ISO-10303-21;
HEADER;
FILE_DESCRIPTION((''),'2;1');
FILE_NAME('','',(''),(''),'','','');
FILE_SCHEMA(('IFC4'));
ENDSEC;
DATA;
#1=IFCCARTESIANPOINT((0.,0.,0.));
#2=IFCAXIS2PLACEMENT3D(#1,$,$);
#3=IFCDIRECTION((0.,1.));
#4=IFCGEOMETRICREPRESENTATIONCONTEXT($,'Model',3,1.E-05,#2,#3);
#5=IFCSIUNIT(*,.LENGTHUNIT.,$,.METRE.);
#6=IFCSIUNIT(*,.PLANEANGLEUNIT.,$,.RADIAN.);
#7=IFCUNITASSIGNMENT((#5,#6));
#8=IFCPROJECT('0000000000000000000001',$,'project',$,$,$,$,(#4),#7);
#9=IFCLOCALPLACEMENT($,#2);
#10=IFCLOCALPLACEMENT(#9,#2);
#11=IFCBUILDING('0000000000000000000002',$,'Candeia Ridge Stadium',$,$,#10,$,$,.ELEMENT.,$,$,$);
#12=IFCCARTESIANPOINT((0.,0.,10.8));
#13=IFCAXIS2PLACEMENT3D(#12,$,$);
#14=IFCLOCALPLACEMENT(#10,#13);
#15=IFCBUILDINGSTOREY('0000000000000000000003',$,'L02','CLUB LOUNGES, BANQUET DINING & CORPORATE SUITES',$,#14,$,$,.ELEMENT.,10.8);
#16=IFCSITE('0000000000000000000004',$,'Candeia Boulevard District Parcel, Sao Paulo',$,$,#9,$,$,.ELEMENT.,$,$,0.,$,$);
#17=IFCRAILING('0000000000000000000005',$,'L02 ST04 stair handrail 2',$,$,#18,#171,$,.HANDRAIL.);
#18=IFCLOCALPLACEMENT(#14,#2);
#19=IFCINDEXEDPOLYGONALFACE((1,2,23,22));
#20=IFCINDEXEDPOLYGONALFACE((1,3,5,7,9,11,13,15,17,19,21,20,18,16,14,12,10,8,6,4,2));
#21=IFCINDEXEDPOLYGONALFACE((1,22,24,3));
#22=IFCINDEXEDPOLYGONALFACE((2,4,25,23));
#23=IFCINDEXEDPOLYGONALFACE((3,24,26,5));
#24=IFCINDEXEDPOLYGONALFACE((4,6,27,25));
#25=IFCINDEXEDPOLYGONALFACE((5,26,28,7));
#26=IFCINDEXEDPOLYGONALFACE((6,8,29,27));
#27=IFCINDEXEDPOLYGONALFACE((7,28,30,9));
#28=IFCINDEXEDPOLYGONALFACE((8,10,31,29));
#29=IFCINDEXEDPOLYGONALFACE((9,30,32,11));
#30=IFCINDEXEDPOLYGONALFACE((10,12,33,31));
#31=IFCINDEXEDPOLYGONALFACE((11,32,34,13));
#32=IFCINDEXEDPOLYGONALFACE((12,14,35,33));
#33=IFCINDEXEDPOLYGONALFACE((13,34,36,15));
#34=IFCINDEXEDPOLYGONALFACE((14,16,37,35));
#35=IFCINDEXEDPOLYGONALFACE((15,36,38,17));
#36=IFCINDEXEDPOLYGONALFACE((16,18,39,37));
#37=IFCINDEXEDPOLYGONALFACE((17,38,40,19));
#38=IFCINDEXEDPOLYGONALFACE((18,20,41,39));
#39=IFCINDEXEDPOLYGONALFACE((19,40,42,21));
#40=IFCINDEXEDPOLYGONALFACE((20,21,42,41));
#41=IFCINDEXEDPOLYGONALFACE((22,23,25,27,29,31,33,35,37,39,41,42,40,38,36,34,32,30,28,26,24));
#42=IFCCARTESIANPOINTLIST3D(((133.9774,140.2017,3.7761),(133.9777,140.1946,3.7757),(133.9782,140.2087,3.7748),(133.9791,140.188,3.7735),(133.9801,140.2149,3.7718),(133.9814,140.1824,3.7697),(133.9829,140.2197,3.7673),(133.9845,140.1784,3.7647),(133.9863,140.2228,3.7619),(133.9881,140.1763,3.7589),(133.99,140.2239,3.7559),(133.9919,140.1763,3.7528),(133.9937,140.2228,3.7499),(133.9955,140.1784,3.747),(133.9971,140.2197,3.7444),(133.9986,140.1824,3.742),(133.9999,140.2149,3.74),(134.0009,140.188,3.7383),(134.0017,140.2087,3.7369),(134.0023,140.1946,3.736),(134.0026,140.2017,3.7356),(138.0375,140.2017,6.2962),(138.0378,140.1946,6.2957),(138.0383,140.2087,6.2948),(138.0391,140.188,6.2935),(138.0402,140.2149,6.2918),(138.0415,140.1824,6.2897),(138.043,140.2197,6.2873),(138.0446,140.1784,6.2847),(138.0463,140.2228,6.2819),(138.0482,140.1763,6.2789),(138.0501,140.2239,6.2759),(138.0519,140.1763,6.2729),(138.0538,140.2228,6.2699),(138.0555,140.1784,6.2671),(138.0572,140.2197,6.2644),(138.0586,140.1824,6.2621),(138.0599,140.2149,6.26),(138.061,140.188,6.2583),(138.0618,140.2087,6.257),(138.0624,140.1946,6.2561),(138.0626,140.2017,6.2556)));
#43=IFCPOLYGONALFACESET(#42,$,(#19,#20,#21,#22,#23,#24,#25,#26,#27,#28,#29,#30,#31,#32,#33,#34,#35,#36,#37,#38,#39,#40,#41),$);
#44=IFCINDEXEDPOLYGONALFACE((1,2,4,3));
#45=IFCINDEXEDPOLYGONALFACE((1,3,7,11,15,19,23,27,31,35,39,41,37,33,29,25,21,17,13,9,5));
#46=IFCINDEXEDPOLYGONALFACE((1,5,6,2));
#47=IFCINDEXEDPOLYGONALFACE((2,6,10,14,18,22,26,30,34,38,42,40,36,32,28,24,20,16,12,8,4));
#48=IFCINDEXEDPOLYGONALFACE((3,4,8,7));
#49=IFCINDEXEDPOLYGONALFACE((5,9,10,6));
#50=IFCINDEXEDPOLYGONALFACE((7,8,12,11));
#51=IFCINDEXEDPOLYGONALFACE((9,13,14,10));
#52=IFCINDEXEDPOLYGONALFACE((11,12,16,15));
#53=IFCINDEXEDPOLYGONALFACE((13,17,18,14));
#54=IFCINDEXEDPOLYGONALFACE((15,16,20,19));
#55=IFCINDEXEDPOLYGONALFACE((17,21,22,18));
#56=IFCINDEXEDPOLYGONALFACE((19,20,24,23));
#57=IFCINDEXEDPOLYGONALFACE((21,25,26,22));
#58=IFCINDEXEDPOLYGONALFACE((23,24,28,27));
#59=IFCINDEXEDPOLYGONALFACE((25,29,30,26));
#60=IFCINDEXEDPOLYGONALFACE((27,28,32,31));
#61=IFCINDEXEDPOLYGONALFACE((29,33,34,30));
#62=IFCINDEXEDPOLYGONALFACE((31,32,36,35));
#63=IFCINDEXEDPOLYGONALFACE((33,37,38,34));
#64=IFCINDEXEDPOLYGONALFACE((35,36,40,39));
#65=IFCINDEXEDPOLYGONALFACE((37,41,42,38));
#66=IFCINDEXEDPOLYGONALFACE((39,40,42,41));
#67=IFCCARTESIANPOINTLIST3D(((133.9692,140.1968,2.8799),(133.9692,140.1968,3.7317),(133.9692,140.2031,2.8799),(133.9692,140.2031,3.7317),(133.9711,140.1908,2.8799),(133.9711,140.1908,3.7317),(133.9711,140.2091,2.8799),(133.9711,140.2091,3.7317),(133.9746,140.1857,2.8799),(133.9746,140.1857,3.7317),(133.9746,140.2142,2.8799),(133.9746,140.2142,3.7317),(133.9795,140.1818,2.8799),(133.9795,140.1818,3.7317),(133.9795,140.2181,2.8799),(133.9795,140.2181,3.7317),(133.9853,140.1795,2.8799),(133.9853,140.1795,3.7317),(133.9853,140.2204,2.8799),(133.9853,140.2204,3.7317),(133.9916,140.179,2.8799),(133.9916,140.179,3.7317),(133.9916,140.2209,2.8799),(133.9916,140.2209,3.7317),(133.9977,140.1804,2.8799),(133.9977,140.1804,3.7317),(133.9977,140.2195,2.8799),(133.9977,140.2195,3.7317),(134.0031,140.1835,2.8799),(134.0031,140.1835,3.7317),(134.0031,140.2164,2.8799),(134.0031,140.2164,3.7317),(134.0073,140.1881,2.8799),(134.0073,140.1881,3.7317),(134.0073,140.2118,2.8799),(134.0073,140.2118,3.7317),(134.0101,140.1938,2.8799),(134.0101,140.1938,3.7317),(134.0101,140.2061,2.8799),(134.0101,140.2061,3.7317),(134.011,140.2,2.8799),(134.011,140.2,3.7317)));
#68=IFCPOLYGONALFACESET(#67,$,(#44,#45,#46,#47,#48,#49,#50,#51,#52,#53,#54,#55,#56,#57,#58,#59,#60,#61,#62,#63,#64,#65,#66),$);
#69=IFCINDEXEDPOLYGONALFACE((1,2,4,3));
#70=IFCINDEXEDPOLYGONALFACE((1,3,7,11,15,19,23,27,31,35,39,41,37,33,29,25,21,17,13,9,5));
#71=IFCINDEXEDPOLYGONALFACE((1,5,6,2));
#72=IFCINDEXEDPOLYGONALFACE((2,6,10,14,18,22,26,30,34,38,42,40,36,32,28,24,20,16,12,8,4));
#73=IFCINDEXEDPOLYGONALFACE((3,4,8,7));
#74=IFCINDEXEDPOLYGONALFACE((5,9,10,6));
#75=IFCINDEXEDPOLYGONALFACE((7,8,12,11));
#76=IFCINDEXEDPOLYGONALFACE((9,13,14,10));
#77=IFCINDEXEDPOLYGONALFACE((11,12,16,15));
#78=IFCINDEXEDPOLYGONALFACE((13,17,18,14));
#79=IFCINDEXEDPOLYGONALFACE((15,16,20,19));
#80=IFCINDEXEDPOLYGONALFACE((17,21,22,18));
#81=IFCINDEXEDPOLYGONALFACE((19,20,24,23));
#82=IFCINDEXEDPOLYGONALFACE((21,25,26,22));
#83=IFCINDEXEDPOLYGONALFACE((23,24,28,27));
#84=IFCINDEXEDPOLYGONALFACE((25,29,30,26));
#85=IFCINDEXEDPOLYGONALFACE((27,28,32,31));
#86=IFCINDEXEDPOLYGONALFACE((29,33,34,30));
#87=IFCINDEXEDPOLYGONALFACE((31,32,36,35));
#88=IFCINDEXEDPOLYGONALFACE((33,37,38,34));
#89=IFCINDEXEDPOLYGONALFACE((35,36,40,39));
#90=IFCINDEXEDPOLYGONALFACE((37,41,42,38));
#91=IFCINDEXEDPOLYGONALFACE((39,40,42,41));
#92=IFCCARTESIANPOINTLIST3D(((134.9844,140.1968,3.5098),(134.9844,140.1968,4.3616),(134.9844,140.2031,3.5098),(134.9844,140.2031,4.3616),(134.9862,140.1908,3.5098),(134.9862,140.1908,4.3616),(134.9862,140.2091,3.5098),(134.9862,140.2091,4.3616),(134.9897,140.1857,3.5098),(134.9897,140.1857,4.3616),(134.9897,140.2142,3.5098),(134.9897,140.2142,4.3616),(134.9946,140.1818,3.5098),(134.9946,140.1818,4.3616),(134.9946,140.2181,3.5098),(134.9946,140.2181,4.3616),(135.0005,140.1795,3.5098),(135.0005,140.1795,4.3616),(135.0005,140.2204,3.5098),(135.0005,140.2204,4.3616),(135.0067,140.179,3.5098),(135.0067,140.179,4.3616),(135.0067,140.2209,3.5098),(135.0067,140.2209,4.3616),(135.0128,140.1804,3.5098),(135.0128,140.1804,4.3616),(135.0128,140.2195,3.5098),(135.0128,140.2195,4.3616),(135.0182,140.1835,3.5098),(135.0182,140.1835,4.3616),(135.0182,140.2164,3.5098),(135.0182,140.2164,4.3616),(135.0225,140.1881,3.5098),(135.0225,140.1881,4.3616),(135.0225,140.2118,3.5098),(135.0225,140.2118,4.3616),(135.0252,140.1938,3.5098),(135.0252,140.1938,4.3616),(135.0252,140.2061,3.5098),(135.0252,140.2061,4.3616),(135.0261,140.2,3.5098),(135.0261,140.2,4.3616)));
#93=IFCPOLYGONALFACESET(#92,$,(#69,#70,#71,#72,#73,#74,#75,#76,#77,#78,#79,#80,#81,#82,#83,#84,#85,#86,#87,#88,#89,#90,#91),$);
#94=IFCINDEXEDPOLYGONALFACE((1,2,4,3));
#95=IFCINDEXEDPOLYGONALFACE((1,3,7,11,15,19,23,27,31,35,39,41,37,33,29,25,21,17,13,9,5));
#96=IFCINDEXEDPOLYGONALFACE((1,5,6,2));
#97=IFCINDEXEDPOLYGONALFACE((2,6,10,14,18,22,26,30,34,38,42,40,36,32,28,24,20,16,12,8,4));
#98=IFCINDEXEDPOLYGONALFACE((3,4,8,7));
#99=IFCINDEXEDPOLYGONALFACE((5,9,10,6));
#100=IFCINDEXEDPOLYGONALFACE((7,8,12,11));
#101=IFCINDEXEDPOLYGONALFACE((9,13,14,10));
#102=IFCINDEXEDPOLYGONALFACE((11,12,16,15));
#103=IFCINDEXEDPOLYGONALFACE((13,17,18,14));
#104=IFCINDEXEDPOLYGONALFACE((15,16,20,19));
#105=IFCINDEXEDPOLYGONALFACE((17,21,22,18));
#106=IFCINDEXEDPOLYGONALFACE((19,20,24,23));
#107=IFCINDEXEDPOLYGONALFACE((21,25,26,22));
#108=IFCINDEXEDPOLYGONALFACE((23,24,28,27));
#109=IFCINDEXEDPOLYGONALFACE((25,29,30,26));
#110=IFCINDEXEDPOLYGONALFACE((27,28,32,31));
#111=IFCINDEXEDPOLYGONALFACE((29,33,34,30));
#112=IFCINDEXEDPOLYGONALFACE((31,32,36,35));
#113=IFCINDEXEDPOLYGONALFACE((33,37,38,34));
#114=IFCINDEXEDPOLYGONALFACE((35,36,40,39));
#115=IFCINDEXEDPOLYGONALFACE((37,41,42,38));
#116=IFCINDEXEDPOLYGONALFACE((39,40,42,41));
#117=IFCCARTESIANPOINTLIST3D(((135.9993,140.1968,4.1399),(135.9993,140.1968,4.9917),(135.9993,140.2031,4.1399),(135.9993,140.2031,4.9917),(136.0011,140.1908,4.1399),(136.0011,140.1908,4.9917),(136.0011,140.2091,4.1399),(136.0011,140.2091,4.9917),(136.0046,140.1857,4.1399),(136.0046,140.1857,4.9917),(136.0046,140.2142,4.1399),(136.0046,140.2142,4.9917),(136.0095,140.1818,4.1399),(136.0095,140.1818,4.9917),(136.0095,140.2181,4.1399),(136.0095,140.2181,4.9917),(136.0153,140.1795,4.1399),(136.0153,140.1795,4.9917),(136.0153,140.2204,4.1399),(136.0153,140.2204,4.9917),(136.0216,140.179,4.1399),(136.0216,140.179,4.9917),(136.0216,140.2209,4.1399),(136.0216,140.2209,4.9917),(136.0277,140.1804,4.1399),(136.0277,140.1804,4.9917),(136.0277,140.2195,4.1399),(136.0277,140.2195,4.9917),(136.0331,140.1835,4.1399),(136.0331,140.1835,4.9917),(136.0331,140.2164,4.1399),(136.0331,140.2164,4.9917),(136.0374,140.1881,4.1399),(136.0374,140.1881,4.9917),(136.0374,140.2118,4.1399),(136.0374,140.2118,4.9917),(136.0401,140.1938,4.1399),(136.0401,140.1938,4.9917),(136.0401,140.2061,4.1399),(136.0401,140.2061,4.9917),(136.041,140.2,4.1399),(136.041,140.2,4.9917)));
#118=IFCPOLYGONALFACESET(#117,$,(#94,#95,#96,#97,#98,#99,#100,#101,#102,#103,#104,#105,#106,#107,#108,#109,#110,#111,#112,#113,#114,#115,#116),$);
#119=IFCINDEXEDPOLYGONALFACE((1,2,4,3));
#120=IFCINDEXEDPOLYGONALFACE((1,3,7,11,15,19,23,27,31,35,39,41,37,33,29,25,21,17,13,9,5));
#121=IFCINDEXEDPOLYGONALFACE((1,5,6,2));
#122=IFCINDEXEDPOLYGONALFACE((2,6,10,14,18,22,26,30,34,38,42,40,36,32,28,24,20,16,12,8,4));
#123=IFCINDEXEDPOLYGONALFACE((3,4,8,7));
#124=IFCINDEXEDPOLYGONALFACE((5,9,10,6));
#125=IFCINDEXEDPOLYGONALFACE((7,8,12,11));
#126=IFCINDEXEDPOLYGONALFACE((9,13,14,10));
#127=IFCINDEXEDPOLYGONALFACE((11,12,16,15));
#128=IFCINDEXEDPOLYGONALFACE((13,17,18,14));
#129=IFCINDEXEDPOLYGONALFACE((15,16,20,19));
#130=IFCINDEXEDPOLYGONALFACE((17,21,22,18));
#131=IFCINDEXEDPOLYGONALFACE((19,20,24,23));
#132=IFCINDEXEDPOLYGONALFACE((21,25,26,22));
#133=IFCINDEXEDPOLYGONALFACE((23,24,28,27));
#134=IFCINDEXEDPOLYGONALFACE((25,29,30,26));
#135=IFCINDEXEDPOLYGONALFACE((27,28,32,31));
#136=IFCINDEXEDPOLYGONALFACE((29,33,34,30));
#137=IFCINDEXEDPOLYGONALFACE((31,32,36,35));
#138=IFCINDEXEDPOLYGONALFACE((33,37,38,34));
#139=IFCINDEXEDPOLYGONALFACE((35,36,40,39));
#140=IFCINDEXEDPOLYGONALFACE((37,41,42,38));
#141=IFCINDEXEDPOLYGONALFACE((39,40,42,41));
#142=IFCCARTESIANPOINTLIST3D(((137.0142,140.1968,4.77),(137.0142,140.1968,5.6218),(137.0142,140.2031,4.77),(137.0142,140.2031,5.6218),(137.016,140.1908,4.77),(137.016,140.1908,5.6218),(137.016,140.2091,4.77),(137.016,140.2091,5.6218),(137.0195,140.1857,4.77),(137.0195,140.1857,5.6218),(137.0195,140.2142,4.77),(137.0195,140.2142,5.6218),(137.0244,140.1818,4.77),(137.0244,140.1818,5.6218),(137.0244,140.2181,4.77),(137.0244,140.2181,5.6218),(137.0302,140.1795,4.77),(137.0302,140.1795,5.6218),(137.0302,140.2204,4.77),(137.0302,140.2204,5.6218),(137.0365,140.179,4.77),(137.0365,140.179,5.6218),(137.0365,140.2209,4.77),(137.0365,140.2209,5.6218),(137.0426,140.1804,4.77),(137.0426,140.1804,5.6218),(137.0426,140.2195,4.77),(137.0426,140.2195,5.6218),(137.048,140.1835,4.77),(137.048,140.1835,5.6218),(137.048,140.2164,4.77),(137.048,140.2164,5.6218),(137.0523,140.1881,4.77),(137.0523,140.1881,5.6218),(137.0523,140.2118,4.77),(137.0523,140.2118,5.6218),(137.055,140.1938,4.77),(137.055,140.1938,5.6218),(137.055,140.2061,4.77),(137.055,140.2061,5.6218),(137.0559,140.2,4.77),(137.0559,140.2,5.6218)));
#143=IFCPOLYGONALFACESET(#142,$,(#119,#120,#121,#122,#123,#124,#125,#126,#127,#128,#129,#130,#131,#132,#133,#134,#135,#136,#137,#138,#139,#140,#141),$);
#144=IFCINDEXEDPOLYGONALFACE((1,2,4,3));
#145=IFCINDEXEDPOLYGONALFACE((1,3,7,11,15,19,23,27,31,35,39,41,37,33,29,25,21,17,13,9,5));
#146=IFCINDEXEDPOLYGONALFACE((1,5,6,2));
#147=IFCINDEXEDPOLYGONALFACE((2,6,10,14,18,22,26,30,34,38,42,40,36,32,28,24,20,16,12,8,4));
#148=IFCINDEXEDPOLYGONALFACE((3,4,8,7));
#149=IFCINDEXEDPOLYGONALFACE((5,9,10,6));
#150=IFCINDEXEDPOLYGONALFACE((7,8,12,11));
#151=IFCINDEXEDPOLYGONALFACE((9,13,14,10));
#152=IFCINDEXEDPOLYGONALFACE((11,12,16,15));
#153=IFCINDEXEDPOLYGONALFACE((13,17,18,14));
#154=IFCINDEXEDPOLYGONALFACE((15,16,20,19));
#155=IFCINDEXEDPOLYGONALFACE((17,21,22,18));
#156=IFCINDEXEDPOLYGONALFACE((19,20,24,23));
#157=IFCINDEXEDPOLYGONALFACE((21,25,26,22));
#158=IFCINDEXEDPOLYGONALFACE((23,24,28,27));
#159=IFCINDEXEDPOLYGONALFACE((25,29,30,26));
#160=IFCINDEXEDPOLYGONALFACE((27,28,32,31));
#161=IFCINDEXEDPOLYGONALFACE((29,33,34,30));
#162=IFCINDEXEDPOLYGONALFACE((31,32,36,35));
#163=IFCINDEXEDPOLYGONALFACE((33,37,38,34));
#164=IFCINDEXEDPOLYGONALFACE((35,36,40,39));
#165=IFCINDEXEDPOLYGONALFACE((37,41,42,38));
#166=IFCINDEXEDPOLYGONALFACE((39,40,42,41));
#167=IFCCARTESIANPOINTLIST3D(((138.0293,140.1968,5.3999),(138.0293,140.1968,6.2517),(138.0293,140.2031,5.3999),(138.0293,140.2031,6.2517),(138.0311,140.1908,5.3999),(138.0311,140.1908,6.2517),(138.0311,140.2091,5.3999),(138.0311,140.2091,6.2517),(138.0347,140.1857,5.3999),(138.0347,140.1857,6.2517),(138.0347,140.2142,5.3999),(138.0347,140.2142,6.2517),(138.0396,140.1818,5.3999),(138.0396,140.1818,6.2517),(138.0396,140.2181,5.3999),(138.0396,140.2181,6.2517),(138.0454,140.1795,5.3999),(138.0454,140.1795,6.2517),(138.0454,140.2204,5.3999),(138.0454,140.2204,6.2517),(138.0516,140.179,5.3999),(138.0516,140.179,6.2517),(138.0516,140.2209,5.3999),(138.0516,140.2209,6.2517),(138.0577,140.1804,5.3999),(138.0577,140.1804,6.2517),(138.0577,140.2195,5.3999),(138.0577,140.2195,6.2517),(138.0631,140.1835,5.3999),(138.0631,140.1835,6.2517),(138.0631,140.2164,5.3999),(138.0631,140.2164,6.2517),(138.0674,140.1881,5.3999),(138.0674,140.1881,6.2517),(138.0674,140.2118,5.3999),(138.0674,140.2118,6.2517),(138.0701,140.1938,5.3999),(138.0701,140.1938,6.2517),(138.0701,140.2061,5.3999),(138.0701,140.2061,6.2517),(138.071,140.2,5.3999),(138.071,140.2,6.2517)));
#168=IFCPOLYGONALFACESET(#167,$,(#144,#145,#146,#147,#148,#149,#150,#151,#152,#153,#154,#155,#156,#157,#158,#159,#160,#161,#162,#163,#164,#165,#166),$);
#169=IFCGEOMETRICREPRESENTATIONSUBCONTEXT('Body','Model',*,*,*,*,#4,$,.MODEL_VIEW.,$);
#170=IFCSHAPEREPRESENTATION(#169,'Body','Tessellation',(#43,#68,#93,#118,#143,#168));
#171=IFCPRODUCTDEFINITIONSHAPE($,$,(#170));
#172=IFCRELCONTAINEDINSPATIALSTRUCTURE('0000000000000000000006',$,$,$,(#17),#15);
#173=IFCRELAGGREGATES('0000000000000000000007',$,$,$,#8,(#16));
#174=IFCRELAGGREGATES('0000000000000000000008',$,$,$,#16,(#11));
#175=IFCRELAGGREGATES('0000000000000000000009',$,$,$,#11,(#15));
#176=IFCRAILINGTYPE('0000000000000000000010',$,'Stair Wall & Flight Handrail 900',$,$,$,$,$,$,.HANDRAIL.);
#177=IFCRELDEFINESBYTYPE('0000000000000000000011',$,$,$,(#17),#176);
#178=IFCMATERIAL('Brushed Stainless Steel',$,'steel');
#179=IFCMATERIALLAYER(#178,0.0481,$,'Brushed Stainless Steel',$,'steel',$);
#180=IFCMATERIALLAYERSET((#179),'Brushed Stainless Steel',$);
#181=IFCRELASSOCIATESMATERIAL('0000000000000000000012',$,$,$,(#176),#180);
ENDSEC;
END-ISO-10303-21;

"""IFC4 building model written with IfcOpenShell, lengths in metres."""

from ifc_helpers import new_model, si_unit, direction, frame, origin, origin_2d, place, context, subcontext, project, spatial, circle, extrude, material, layer, layer_set, type_object, element, save


model = new_model("IFC4")

# Units and contexts
model_context = context("Model", 3, precision=1e-05, world=origin(), true_north=direction((0.0, 1.0)))
body_context = subcontext(model_context, "Body", "Model", "MODEL_VIEW")
ifc_project = project(units=[si_unit("LENGTHUNIT", "METRE"), si_unit("PLANEANGLEUNIT", "RADIAN")], contexts=[model_context])

# Site, building, storey
site_placement = place(None, origin())
site = spatial("IfcSite", under=ifc_project, at=site_placement, Name="Candeia Boulevard District Parcel, Sao Paulo", CompositionType="ELEMENT", RefElevation=0.0)
building_placement = place(site_placement, origin())
building = spatial("IfcBuilding", under=site, at=building_placement, Name="Candeia Ridge Stadium", CompositionType="ELEMENT")
storey_placement = place(building_placement, frame((0.0, 0.0, 10.8)))
storey = spatial("IfcBuildingStorey", under=building, at=storey_placement, Name="L02", Description="CLUB LOUNGES, BANQUET DINING & CORPORATE SUITES", CompositionType="ELEMENT", Elevation=10.8)

# Railing
ifc_material_1 = material(Name="Brushed Stainless Steel", Category="steel")
ifc_layer_1 = layer(ifc_material_1, 0.0481, Name="Brushed Stainless Steel", Category="steel")
ifc_layer_set_1 = layer_set([ifc_layer_1], Name="Brushed Stainless Steel")
railing_type_1 = type_object("IfcRailingType", Name="Stair Wall & Flight Handrail 900", PredefinedType="HANDRAIL", material=ifc_layer_set_1)
railing_1_placement = place(storey_placement, frame((133.99, 140.2, 2.8799)))
element("IfcRailing", 1, at=railing_1_placement, inside=storey, type_object=railing_type_1, Name="L02 ST04 stair handrail 2", PredefinedType="HANDRAIL", context=body_context, shape_type="SweptSolid", body=[
    extrude(circle(Radius=0.0239, at=origin_2d()), frame((0.0, 0.0, 0.876), z_axis=(0.849642, 0.0, 0.52736), x_axis=(0.0, 1.0, 0.0)), (0.0, 0.0, 1.0), 4.7786),
    extrude(circle(Radius=0.021, at=origin_2d()), origin(), (0.0, 0.0, 1.0), 0.8518),
    extrude(circle(Radius=0.021, at=origin_2d()), frame((1.0151, 0.0, 0.6299)), (0.0, 0.0, 1.0), 0.8518),
    extrude(circle(Radius=0.021, at=origin_2d()), frame((2.03, 0.0, 1.26)), (0.0, 0.0, 1.0), 0.8518),
    extrude(circle(Radius=0.021, at=origin_2d()), frame((3.0449, 0.0, 1.8901)), (0.0, 0.0, 1.0), 0.8518),
    extrude(circle(Radius=0.021, at=origin_2d()), frame((4.0601, 0.0, 2.52)), (0.0, 0.0, 1.0), 0.8518),
])

save(model, "model.ifc")
